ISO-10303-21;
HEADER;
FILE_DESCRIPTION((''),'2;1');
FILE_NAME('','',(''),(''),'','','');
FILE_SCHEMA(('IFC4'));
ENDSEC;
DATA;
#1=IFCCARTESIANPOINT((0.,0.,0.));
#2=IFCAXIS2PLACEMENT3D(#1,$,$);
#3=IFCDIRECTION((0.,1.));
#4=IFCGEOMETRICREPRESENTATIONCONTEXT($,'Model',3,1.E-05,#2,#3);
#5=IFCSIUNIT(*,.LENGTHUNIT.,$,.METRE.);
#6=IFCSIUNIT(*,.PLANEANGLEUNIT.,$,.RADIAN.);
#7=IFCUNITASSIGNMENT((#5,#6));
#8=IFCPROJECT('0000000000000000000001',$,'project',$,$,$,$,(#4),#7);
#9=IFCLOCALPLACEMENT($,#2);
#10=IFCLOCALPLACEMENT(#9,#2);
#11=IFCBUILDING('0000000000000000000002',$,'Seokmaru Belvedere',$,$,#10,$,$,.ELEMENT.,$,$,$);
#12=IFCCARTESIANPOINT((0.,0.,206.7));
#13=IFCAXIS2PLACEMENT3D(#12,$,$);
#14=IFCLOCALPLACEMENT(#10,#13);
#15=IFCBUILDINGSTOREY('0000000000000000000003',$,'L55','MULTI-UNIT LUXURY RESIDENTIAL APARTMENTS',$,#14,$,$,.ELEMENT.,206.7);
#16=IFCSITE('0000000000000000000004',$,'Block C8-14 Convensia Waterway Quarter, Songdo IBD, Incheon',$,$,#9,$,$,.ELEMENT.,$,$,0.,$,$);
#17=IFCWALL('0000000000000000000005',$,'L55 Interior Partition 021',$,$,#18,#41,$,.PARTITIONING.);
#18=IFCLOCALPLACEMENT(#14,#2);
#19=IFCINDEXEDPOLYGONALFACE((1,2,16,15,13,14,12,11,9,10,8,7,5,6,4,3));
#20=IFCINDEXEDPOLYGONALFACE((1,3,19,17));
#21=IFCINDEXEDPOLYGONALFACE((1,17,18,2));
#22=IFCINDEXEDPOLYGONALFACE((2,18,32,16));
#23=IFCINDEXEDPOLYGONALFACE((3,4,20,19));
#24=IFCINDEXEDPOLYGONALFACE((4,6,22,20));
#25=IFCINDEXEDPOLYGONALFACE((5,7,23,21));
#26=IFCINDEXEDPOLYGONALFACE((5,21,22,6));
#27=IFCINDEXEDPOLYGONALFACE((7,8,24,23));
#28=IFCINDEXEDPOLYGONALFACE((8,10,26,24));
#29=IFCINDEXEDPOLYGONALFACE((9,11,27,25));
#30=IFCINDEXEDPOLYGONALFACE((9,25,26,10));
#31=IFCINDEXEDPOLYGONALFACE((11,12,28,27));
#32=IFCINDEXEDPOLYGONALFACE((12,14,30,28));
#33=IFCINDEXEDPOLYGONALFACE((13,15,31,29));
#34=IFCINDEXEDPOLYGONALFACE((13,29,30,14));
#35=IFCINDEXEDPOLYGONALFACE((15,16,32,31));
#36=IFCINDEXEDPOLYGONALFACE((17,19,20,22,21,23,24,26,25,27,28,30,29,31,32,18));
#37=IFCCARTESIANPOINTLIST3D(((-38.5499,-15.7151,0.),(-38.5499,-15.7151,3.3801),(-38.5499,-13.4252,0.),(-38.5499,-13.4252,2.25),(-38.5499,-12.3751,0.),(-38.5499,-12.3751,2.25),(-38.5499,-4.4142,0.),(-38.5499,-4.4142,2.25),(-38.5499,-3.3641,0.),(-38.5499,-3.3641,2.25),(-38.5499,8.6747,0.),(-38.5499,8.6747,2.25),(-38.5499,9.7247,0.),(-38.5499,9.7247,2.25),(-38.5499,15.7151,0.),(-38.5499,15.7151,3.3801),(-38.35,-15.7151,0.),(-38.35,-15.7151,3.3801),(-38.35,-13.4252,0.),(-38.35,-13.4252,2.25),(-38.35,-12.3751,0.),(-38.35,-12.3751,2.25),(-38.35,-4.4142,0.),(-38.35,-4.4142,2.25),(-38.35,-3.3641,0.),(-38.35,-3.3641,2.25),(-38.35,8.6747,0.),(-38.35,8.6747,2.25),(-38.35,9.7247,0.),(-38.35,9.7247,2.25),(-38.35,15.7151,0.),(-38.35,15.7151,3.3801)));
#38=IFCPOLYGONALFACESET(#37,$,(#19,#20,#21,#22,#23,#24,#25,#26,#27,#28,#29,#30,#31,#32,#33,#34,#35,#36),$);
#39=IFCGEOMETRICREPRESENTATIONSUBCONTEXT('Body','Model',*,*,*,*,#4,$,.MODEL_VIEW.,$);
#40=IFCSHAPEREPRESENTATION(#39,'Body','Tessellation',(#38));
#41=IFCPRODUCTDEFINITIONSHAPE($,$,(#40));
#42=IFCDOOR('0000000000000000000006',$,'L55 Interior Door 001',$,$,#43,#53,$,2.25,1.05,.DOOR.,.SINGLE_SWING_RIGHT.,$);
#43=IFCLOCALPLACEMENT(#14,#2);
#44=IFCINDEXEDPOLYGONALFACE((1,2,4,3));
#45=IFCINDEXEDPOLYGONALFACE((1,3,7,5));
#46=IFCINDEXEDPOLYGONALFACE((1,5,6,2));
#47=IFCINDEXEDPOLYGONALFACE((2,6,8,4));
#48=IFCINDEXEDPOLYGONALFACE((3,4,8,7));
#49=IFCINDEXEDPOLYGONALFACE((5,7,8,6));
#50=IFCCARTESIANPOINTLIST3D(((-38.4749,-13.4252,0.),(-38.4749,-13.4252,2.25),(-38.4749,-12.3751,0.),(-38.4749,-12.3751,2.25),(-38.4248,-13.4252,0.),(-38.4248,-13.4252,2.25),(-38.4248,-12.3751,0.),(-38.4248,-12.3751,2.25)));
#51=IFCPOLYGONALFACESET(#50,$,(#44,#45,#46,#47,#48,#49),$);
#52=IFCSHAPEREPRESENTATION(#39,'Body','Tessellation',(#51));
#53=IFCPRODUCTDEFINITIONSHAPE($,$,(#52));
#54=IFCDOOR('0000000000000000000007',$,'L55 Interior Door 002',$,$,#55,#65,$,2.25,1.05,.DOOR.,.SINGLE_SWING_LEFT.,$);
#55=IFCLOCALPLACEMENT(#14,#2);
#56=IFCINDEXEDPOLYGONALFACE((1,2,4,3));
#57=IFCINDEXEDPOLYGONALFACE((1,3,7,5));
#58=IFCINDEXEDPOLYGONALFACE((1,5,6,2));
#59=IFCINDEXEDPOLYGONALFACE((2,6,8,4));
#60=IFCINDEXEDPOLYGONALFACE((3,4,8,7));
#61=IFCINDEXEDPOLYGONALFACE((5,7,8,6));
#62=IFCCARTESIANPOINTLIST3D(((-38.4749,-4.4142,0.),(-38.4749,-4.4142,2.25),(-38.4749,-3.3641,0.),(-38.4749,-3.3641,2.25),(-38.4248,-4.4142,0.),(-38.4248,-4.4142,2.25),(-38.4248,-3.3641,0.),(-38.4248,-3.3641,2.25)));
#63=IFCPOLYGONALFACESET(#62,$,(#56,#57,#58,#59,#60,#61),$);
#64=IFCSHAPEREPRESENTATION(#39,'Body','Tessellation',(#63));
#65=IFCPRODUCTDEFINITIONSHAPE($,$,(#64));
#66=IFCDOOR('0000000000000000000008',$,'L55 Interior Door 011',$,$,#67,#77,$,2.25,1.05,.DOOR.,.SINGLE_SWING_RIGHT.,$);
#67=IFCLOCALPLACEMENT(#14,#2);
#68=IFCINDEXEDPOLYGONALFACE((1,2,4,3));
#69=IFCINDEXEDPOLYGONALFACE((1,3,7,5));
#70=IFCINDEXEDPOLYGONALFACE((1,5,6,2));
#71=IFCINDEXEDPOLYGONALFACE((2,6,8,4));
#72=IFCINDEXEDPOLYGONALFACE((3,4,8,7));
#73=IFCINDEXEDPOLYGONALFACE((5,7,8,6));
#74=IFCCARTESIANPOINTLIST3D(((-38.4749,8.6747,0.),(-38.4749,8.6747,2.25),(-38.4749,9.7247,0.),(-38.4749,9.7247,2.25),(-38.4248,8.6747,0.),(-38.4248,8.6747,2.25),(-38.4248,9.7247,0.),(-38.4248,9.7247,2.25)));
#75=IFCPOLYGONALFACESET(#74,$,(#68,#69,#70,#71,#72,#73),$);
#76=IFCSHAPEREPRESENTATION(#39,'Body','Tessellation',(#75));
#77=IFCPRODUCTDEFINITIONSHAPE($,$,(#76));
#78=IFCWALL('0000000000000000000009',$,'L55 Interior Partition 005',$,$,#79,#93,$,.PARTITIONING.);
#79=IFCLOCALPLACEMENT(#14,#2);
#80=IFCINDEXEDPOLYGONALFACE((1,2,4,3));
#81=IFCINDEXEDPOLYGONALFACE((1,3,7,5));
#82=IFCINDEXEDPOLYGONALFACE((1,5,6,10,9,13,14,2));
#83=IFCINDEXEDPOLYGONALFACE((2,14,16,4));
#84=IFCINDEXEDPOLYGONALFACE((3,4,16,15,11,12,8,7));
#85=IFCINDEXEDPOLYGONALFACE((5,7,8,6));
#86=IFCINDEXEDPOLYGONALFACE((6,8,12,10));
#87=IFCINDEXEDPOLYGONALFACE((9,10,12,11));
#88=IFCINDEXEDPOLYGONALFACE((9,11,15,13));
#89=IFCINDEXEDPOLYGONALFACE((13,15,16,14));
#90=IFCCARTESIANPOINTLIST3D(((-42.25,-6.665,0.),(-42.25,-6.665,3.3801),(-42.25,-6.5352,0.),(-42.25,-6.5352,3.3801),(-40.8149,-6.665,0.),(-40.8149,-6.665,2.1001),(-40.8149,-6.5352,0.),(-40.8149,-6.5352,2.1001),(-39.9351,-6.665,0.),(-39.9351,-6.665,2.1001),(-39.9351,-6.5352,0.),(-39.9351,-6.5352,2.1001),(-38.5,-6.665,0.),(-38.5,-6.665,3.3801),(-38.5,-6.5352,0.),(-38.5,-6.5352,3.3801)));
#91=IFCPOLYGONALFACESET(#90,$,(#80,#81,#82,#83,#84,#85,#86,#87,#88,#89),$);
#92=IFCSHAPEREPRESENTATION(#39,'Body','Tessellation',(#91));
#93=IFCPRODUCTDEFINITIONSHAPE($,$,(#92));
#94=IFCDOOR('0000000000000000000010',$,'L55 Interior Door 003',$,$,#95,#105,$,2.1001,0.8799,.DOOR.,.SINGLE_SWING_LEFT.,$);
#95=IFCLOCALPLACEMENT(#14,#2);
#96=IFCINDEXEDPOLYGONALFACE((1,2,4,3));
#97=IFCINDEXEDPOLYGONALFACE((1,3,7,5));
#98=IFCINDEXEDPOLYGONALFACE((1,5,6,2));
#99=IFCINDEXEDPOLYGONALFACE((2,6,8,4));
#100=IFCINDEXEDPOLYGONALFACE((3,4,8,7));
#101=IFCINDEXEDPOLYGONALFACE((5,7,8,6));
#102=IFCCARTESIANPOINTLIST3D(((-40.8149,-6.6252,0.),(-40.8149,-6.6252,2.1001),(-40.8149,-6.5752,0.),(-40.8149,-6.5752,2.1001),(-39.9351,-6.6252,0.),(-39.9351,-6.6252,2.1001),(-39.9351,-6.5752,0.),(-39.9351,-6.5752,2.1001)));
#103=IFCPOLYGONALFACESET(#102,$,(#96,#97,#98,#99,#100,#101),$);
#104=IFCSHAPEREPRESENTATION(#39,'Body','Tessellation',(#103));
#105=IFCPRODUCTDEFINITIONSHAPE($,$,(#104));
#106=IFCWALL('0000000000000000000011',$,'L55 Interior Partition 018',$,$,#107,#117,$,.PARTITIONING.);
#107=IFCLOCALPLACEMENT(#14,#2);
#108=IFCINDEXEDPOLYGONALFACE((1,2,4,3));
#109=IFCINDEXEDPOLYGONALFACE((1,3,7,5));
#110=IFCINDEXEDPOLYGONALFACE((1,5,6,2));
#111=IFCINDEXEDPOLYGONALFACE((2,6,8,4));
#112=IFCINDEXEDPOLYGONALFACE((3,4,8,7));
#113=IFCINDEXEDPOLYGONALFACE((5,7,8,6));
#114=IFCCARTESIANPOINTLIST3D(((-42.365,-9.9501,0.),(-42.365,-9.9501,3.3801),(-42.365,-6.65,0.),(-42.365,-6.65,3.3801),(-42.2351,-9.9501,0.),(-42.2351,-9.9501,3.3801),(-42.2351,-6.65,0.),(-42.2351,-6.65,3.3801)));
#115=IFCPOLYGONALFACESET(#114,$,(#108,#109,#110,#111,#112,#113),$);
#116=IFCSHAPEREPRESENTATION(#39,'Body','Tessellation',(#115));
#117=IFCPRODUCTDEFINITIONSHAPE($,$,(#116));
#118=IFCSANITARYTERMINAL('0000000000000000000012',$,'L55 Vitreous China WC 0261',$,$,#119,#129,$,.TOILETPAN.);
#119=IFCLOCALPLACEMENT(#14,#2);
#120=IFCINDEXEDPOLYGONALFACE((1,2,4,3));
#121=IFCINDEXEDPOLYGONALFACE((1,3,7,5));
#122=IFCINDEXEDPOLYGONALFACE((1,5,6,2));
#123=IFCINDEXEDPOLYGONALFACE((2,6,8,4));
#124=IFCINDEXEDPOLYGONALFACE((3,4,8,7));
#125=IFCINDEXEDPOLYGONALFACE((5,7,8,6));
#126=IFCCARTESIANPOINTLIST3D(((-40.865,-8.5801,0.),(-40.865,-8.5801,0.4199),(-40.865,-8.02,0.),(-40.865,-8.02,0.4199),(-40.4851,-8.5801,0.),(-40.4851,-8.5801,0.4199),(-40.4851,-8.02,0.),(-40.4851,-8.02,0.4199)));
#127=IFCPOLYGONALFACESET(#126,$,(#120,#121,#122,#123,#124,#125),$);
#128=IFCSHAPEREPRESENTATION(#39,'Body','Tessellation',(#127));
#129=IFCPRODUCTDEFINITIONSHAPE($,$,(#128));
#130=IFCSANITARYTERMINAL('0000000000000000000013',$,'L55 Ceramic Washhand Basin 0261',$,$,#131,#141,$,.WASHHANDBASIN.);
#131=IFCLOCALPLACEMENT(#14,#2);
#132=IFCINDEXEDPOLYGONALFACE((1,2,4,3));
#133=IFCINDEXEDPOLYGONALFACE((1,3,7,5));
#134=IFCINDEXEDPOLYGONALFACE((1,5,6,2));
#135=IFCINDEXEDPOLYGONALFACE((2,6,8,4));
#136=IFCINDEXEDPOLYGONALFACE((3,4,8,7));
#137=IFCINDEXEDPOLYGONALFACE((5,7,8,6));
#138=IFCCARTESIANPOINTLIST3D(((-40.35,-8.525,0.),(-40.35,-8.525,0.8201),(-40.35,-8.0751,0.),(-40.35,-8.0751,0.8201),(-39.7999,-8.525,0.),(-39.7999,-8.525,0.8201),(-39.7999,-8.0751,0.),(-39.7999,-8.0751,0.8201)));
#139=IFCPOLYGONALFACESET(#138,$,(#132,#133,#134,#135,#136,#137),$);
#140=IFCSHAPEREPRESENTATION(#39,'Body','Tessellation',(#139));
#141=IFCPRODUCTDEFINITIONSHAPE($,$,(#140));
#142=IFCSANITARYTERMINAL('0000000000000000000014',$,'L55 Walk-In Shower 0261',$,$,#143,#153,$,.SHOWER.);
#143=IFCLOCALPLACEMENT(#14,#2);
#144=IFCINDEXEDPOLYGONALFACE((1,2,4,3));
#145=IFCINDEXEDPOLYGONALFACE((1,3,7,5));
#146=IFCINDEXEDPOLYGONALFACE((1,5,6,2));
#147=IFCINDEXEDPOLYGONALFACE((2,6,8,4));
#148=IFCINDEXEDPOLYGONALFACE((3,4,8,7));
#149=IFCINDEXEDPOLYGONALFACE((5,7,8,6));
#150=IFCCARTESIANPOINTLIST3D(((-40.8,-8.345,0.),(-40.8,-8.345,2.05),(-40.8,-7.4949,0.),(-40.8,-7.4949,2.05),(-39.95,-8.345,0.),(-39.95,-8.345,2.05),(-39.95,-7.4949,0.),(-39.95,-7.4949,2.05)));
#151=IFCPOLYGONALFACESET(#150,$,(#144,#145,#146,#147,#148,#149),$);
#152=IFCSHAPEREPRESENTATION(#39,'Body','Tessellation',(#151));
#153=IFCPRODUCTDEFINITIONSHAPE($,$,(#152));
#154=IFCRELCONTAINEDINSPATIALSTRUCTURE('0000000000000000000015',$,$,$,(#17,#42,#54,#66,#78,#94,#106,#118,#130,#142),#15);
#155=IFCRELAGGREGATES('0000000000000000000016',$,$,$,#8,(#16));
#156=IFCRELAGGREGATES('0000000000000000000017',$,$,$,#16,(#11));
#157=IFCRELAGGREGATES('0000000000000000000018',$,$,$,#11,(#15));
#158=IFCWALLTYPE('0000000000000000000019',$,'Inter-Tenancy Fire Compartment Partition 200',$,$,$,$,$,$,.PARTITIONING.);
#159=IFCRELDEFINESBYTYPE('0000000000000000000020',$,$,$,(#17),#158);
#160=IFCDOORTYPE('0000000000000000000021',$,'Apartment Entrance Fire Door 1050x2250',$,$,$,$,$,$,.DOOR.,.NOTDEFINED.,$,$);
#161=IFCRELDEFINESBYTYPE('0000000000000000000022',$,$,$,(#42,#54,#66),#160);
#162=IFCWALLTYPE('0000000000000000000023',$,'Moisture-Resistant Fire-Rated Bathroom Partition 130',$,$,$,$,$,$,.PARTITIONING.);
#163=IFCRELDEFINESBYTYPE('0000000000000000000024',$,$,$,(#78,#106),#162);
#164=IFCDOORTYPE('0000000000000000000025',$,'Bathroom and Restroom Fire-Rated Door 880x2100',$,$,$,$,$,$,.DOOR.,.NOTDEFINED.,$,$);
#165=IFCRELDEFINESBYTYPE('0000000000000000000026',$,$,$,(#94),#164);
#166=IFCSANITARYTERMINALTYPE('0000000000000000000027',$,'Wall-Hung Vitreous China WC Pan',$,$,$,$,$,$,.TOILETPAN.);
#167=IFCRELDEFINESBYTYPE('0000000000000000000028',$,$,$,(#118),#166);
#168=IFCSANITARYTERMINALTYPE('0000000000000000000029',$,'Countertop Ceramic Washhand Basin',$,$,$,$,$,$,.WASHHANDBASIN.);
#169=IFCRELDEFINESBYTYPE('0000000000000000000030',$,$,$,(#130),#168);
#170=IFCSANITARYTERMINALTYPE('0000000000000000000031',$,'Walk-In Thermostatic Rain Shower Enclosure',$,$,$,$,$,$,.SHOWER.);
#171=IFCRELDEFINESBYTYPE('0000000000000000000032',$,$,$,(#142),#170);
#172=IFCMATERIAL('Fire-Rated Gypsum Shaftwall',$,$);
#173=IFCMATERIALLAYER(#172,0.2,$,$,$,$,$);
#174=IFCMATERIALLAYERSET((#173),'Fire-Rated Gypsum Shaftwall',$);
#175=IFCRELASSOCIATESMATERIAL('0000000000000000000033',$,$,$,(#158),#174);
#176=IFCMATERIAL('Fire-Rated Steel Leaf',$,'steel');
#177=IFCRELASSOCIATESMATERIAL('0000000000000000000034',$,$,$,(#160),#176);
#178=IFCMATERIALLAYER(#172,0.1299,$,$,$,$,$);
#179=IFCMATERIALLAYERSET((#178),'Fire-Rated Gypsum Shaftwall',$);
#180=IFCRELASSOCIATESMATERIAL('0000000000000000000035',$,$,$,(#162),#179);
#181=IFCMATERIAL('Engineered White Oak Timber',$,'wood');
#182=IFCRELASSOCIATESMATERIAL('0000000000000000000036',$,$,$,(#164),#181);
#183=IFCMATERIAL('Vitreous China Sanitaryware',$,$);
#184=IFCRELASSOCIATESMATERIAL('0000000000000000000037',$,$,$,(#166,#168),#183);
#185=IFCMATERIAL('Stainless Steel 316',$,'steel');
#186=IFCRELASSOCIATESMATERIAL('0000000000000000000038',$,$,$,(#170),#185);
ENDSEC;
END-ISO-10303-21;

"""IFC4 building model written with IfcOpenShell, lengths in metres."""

from ifc_helpers import new_model, si_unit, direction, frame, frame_2d, origin, origin_2d, place, context, subcontext, project, spatial, rectangle, extrude, source, transform, mapped, material, layer, layer_set, type_object, type_shapes, element, fill, save


model = new_model("IFC4")

# Units and contexts
model_context = context("Model", 3, precision=1e-05, world=origin(), true_north=direction((0.0, 1.0)))
body_context = subcontext(model_context, "Body", "Model", "MODEL_VIEW")
ifc_project = project(units=[si_unit("LENGTHUNIT", "METRE"), si_unit("PLANEANGLEUNIT", "RADIAN")], contexts=[model_context])

# Site, building, storey
site_placement = place(None, origin())
site = spatial("IfcSite", under=ifc_project, at=site_placement, Name="Block C8-14 Convensia Waterway Quarter, Songdo IBD, Incheon", CompositionType="ELEMENT", RefElevation=0.0)
building_placement = place(site_placement, origin())
building = spatial("IfcBuilding", under=site, at=building_placement, Name="Seokmaru Belvedere", CompositionType="ELEMENT")
storey_placement = place(building_placement, frame((0.0, 0.0, 206.7)))
storey = spatial("IfcBuildingStorey", under=building, at=storey_placement, Name="L55", Description="MULTI-UNIT LUXURY RESIDENTIAL APARTMENTS", CompositionType="ELEMENT", Elevation=206.7)

# Shared definitions
ifc_material_1 = material(Name="Fire-Rated Gypsum Shaftwall")
ifc_material_2 = material(Name="Engineered White Oak Timber", Category="wood")

# Shared definitions
ifc_layer_1 = layer(ifc_material_1, 0.2)
ifc_layer_set_1 = layer_set([ifc_layer_1], Name="Fire-Rated Gypsum Shaftwall")
wall_type_1 = type_object("IfcWallType", Name="Inter-Tenancy Fire Compartment Partition 200", PredefinedType="PARTITIONING", material=ifc_layer_set_1)

# Wall, openings, doors
wall_1_placement = place(storey_placement, frame((-38.45, -15.7151, 0.0), z_axis=(0.0, 0.0, 1.0), x_axis=(0.0, 1.0, 0.0)))
wall_1 = element("IfcWall", 1, at=wall_1_placement, inside=storey, type_object=wall_type_1, Name="L55 Interior Partition 021", PredefinedType="PARTITIONING", context=body_context, shape_type="SweptSolid", body=[
    extrude(rectangle(XDim=31.4302, YDim=0.2, at=frame_2d((15.7151, 0.0))), origin(), (0.0, 0.0, 1.0), 3.3801),
])
opening_1_placement = place(wall_1_placement, frame((2.29, 0.0, 0.0)))
opening_1 = element("IfcOpeningElement", 2, at=opening_1_placement, cuts=wall_1, PredefinedType="OPENING", context=body_context, shape_type="SweptSolid", body=[
    extrude(rectangle(XDim=1.05, YDim=2.25, at=frame_2d((0.5249, 1.125))), frame((0.0, 0.1099, 0.0), z_axis=(0.0, -1.0, 0.0), x_axis=(1.0, 0.0, 0.0)), (0.0, 0.0, 1.0), 0.22),
])
opening_2_placement = place(wall_1_placement, frame((11.301, 0.0, 0.0)))
opening_2 = element("IfcOpeningElement", 3, at=opening_2_placement, cuts=wall_1, PredefinedType="OPENING", context=body_context, shape_type="SweptSolid", body=[
    extrude(rectangle(XDim=1.05, YDim=2.25, at=frame_2d((0.5249, 1.125))), frame((0.0, 0.1099, 0.0), z_axis=(0.0, -1.0, 0.0), x_axis=(1.0, 0.0, 0.0)), (0.0, 0.0, 1.0), 0.22),
])
opening_3_placement = place(wall_1_placement, frame((24.3899, 0.0, 0.0)))
opening_3 = element("IfcOpeningElement", 4, at=opening_3_placement, cuts=wall_1, PredefinedType="OPENING", context=body_context, shape_type="SweptSolid", body=[
    extrude(rectangle(XDim=1.05, YDim=2.25, at=frame_2d((0.5249, 1.125))), frame((0.0, 0.1099, 0.0), z_axis=(0.0, -1.0, 0.0), x_axis=(1.0, 0.0, 0.0)), (0.0, 0.0, 1.0), 0.22),
])
ifc_material_3 = material(Name="Fire-Rated Steel Leaf", Category="steel")
door_type_1 = type_object("IfcDoorType", Name="Apartment Entrance Fire Door 1050x2250", OperationType="NOTDEFINED", PredefinedType="DOOR", material=ifc_material_3)
shared_shape_1 = source(origin(), body_context, "Body", "SweptSolid", [
    extrude(rectangle(XDim=1.05, YDim=2.25, at=frame_2d((0.5249, 1.125))), frame((0.0, 0.0249, 0.0), z_axis=(0.0, -1.0, 0.0), x_axis=(1.0, 0.0, 0.0)), (0.0, 0.0, 1.0), 0.05),
])
type_shapes(door_type_1, [shared_shape_1])
door_1_placement = place(opening_1_placement, origin())
door_1 = element("IfcDoor", 5, at=door_1_placement, inside=storey, type_object=door_type_1, Name="L55 Interior Door 001", OperationType="SINGLE_SWING_RIGHT", OverallHeight=2.25, OverallWidth=1.05, PredefinedType="DOOR", context=body_context, shape_type="MappedRepresentation", body=[
    mapped(shared_shape_1, transform((0.0, 0.0, 0.0), scale=1.0)),
])
fill(opening_1, door_1)
door_2_placement = place(opening_2_placement, origin())
door_2 = element("IfcDoor", 6, at=door_2_placement, inside=storey, type_object=door_type_1, Name="L55 Interior Door 002", OperationType="SINGLE_SWING_LEFT", OverallHeight=2.25, OverallWidth=1.05, PredefinedType="DOOR", context=body_context, shape_type="MappedRepresentation", body=[
    mapped(shared_shape_1, transform((0.0, 0.0, 0.0), scale=1.0)),
])
fill(opening_2, door_2)
door_3_placement = place(opening_3_placement, origin())
door_3 = element("IfcDoor", 7, at=door_3_placement, inside=storey, type_object=door_type_1, Name="L55 Interior Door 011", OperationType="SINGLE_SWING_RIGHT", OverallHeight=2.25, OverallWidth=1.05, PredefinedType="DOOR", context=body_context, shape_type="MappedRepresentation", body=[
    mapped(shared_shape_1, transform((0.0, 0.0, 0.0), scale=1.0)),
])
fill(opening_3, door_3)

# Wall, opening, door
ifc_layer_2 = layer(ifc_material_1, 0.1299)
ifc_layer_set_2 = layer_set([ifc_layer_2], Name="Fire-Rated Gypsum Shaftwall")
wall_type_2 = type_object("IfcWallType", Name="Moisture-Resistant Fire-Rated Bathroom Partition 130", PredefinedType="PARTITIONING", material=ifc_layer_set_2)
wall_2_placement = place(storey_placement, frame((-42.25, -6.6001, 0.0), z_axis=(0.0, 0.0, 1.0), x_axis=(1.0, 0.0, 0.0)))
wall_2 = element("IfcWall", 8, at=wall_2_placement, inside=storey, type_object=wall_type_2, Name="L55 Interior Partition 005", PredefinedType="PARTITIONING", context=body_context, shape_type="SweptSolid", body=[
    extrude(rectangle(XDim=3.75, YDim=0.1299, at=frame_2d((1.875, 0.0))), origin(), (0.0, 0.0, 1.0), 3.3801),
])
opening_4_placement = place(wall_2_placement, frame((1.4351, 0.0, 0.0)))
opening_4 = element("IfcOpeningElement", 9, at=opening_4_placement, cuts=wall_2, PredefinedType="OPENING", context=body_context, shape_type="SweptSolid", body=[
    extrude(rectangle(XDim=0.8799, YDim=2.1001, at=frame_2d((0.4399, 1.05))), frame((0.0, 0.075, 0.0), z_axis=(0.0, -1.0, 0.0), x_axis=(1.0, 0.0, 0.0)), (0.0, 0.0, 1.0), 0.1499),
])
door_type_2 = type_object("IfcDoorType", Name="Bathroom and Restroom Fire-Rated Door 880x2100", OperationType="NOTDEFINED", PredefinedType="DOOR", material=ifc_material_2)
shared_shape_2 = source(origin(), body_context, "Body", "SweptSolid", [
    extrude(rectangle(XDim=0.8799, YDim=2.1001, at=frame_2d((0.4399, 1.05))), frame((0.0, 0.0249, 0.0), z_axis=(0.0, -1.0, 0.0), x_axis=(1.0, 0.0, 0.0)), (0.0, 0.0, 1.0), 0.05),
])
type_shapes(door_type_2, [shared_shape_2])
door_4_placement = place(opening_4_placement, origin())
door_4 = element("IfcDoor", 10, at=door_4_placement, inside=storey, type_object=door_type_2, Name="L55 Interior Door 003", OperationType="SINGLE_SWING_LEFT", OverallHeight=2.1001, OverallWidth=0.8799, PredefinedType="DOOR", context=body_context, shape_type="MappedRepresentation", body=[
    mapped(shared_shape_2, transform((0.0, 0.0, 0.0), scale=1.0)),
])
fill(opening_4, door_4)

# Wall
wall_3_placement = place(storey_placement, frame((-42.3, -9.95, 0.0), z_axis=(0.0, 0.0, 1.0), x_axis=(0.0, 1.0, 0.0)))
element("IfcWall", 11, at=wall_3_placement, inside=storey, type_object=wall_type_2, Name="L55 Interior Partition 018", PredefinedType="PARTITIONING", context=body_context, shape_type="SweptSolid", body=[
    extrude(rectangle(XDim=3.3, YDim=0.1299, at=frame_2d((1.6499, 0.0))), origin(), (0.0, 0.0, 1.0), 3.3801),
])

# Sanitary terminals
ifc_material_4 = material(Name="Vitreous China Sanitaryware")
sanitary_terminal_type_1 = type_object("IfcSanitaryTerminalType", Name="Wall-Hung Vitreous China WC Pan", PredefinedType="TOILETPAN", material=ifc_material_4)
shared_shape_3 = source(origin(), body_context, "Body", "SweptSolid", [
    extrude(rectangle(XDim=0.3799, YDim=0.5601, at=origin_2d()), origin(), (0.0, 0.0, 1.0), 0.4199),
])
type_shapes(sanitary_terminal_type_1, [shared_shape_3])
sanitary_terminal_1_placement = place(storey_placement, frame((-40.675, -8.3, 0.0), z_axis=(0.0, 0.0, 1.0), x_axis=(1.0, 0.0, 0.0)))
element("IfcSanitaryTerminal", 12, at=sanitary_terminal_1_placement, inside=storey, type_object=sanitary_terminal_type_1, Name="L55 Vitreous China WC 0261", PredefinedType="TOILETPAN", context=body_context, shape_type="MappedRepresentation", body=[
    mapped(shared_shape_3, transform((0.0, 0.0, 0.0), scale=1.0)),
])
sanitary_terminal_type_2 = type_object("IfcSanitaryTerminalType", Name="Countertop Ceramic Washhand Basin", PredefinedType="WASHHANDBASIN", material=ifc_material_4)
shared_shape_4 = source(origin(), body_context, "Body", "SweptSolid", [
    extrude(rectangle(XDim=0.55, YDim=0.45, at=origin_2d()), origin(), (0.0, 0.0, 1.0), 0.8201),
])
type_shapes(sanitary_terminal_type_2, [shared_shape_4])
sanitary_terminal_2_placement = place(storey_placement, frame((-40.075, -8.3, 0.0), z_axis=(0.0, 0.0, 1.0), x_axis=(1.0, 0.0, 0.0)))
element("IfcSanitaryTerminal", 13, at=sanitary_terminal_2_placement, inside=storey, type_object=sanitary_terminal_type_2, Name="L55 Ceramic Washhand Basin 0261", PredefinedType="WASHHANDBASIN", context=body_context, shape_type="MappedRepresentation", body=[
    mapped(shared_shape_4, transform((0.0, 0.0, 0.0), scale=1.0)),
])
ifc_material_5 = material(Name="Stainless Steel 316", Category="steel")
sanitary_terminal_type_3 = type_object("IfcSanitaryTerminalType", Name="Walk-In Thermostatic Rain Shower Enclosure", PredefinedType="SHOWER", material=ifc_material_5)
shared_shape_5 = source(origin(), body_context, "Body", "SweptSolid", [
    extrude(rectangle(XDim=0.8501, YDim=0.8501, at=origin_2d()), origin(), (0.0, 0.0, 1.0), 2.05),
])
type_shapes(sanitary_terminal_type_3, [shared_shape_5])
sanitary_terminal_3_placement = place(storey_placement, frame((-40.375, -7.9199, 0.0), z_axis=(0.0, 0.0, 1.0), x_axis=(1.0, 0.0, 0.0)))
element("IfcSanitaryTerminal", 14, at=sanitary_terminal_3_placement, inside=storey, type_object=sanitary_terminal_type_3, Name="L55 Walk-In Shower 0261", PredefinedType="SHOWER", context=body_context, shape_type="MappedRepresentation", body=[
    mapped(shared_shape_5, transform((0.0, 0.0, 0.0), scale=1.0)),
])

save(model, "model.ifc")
